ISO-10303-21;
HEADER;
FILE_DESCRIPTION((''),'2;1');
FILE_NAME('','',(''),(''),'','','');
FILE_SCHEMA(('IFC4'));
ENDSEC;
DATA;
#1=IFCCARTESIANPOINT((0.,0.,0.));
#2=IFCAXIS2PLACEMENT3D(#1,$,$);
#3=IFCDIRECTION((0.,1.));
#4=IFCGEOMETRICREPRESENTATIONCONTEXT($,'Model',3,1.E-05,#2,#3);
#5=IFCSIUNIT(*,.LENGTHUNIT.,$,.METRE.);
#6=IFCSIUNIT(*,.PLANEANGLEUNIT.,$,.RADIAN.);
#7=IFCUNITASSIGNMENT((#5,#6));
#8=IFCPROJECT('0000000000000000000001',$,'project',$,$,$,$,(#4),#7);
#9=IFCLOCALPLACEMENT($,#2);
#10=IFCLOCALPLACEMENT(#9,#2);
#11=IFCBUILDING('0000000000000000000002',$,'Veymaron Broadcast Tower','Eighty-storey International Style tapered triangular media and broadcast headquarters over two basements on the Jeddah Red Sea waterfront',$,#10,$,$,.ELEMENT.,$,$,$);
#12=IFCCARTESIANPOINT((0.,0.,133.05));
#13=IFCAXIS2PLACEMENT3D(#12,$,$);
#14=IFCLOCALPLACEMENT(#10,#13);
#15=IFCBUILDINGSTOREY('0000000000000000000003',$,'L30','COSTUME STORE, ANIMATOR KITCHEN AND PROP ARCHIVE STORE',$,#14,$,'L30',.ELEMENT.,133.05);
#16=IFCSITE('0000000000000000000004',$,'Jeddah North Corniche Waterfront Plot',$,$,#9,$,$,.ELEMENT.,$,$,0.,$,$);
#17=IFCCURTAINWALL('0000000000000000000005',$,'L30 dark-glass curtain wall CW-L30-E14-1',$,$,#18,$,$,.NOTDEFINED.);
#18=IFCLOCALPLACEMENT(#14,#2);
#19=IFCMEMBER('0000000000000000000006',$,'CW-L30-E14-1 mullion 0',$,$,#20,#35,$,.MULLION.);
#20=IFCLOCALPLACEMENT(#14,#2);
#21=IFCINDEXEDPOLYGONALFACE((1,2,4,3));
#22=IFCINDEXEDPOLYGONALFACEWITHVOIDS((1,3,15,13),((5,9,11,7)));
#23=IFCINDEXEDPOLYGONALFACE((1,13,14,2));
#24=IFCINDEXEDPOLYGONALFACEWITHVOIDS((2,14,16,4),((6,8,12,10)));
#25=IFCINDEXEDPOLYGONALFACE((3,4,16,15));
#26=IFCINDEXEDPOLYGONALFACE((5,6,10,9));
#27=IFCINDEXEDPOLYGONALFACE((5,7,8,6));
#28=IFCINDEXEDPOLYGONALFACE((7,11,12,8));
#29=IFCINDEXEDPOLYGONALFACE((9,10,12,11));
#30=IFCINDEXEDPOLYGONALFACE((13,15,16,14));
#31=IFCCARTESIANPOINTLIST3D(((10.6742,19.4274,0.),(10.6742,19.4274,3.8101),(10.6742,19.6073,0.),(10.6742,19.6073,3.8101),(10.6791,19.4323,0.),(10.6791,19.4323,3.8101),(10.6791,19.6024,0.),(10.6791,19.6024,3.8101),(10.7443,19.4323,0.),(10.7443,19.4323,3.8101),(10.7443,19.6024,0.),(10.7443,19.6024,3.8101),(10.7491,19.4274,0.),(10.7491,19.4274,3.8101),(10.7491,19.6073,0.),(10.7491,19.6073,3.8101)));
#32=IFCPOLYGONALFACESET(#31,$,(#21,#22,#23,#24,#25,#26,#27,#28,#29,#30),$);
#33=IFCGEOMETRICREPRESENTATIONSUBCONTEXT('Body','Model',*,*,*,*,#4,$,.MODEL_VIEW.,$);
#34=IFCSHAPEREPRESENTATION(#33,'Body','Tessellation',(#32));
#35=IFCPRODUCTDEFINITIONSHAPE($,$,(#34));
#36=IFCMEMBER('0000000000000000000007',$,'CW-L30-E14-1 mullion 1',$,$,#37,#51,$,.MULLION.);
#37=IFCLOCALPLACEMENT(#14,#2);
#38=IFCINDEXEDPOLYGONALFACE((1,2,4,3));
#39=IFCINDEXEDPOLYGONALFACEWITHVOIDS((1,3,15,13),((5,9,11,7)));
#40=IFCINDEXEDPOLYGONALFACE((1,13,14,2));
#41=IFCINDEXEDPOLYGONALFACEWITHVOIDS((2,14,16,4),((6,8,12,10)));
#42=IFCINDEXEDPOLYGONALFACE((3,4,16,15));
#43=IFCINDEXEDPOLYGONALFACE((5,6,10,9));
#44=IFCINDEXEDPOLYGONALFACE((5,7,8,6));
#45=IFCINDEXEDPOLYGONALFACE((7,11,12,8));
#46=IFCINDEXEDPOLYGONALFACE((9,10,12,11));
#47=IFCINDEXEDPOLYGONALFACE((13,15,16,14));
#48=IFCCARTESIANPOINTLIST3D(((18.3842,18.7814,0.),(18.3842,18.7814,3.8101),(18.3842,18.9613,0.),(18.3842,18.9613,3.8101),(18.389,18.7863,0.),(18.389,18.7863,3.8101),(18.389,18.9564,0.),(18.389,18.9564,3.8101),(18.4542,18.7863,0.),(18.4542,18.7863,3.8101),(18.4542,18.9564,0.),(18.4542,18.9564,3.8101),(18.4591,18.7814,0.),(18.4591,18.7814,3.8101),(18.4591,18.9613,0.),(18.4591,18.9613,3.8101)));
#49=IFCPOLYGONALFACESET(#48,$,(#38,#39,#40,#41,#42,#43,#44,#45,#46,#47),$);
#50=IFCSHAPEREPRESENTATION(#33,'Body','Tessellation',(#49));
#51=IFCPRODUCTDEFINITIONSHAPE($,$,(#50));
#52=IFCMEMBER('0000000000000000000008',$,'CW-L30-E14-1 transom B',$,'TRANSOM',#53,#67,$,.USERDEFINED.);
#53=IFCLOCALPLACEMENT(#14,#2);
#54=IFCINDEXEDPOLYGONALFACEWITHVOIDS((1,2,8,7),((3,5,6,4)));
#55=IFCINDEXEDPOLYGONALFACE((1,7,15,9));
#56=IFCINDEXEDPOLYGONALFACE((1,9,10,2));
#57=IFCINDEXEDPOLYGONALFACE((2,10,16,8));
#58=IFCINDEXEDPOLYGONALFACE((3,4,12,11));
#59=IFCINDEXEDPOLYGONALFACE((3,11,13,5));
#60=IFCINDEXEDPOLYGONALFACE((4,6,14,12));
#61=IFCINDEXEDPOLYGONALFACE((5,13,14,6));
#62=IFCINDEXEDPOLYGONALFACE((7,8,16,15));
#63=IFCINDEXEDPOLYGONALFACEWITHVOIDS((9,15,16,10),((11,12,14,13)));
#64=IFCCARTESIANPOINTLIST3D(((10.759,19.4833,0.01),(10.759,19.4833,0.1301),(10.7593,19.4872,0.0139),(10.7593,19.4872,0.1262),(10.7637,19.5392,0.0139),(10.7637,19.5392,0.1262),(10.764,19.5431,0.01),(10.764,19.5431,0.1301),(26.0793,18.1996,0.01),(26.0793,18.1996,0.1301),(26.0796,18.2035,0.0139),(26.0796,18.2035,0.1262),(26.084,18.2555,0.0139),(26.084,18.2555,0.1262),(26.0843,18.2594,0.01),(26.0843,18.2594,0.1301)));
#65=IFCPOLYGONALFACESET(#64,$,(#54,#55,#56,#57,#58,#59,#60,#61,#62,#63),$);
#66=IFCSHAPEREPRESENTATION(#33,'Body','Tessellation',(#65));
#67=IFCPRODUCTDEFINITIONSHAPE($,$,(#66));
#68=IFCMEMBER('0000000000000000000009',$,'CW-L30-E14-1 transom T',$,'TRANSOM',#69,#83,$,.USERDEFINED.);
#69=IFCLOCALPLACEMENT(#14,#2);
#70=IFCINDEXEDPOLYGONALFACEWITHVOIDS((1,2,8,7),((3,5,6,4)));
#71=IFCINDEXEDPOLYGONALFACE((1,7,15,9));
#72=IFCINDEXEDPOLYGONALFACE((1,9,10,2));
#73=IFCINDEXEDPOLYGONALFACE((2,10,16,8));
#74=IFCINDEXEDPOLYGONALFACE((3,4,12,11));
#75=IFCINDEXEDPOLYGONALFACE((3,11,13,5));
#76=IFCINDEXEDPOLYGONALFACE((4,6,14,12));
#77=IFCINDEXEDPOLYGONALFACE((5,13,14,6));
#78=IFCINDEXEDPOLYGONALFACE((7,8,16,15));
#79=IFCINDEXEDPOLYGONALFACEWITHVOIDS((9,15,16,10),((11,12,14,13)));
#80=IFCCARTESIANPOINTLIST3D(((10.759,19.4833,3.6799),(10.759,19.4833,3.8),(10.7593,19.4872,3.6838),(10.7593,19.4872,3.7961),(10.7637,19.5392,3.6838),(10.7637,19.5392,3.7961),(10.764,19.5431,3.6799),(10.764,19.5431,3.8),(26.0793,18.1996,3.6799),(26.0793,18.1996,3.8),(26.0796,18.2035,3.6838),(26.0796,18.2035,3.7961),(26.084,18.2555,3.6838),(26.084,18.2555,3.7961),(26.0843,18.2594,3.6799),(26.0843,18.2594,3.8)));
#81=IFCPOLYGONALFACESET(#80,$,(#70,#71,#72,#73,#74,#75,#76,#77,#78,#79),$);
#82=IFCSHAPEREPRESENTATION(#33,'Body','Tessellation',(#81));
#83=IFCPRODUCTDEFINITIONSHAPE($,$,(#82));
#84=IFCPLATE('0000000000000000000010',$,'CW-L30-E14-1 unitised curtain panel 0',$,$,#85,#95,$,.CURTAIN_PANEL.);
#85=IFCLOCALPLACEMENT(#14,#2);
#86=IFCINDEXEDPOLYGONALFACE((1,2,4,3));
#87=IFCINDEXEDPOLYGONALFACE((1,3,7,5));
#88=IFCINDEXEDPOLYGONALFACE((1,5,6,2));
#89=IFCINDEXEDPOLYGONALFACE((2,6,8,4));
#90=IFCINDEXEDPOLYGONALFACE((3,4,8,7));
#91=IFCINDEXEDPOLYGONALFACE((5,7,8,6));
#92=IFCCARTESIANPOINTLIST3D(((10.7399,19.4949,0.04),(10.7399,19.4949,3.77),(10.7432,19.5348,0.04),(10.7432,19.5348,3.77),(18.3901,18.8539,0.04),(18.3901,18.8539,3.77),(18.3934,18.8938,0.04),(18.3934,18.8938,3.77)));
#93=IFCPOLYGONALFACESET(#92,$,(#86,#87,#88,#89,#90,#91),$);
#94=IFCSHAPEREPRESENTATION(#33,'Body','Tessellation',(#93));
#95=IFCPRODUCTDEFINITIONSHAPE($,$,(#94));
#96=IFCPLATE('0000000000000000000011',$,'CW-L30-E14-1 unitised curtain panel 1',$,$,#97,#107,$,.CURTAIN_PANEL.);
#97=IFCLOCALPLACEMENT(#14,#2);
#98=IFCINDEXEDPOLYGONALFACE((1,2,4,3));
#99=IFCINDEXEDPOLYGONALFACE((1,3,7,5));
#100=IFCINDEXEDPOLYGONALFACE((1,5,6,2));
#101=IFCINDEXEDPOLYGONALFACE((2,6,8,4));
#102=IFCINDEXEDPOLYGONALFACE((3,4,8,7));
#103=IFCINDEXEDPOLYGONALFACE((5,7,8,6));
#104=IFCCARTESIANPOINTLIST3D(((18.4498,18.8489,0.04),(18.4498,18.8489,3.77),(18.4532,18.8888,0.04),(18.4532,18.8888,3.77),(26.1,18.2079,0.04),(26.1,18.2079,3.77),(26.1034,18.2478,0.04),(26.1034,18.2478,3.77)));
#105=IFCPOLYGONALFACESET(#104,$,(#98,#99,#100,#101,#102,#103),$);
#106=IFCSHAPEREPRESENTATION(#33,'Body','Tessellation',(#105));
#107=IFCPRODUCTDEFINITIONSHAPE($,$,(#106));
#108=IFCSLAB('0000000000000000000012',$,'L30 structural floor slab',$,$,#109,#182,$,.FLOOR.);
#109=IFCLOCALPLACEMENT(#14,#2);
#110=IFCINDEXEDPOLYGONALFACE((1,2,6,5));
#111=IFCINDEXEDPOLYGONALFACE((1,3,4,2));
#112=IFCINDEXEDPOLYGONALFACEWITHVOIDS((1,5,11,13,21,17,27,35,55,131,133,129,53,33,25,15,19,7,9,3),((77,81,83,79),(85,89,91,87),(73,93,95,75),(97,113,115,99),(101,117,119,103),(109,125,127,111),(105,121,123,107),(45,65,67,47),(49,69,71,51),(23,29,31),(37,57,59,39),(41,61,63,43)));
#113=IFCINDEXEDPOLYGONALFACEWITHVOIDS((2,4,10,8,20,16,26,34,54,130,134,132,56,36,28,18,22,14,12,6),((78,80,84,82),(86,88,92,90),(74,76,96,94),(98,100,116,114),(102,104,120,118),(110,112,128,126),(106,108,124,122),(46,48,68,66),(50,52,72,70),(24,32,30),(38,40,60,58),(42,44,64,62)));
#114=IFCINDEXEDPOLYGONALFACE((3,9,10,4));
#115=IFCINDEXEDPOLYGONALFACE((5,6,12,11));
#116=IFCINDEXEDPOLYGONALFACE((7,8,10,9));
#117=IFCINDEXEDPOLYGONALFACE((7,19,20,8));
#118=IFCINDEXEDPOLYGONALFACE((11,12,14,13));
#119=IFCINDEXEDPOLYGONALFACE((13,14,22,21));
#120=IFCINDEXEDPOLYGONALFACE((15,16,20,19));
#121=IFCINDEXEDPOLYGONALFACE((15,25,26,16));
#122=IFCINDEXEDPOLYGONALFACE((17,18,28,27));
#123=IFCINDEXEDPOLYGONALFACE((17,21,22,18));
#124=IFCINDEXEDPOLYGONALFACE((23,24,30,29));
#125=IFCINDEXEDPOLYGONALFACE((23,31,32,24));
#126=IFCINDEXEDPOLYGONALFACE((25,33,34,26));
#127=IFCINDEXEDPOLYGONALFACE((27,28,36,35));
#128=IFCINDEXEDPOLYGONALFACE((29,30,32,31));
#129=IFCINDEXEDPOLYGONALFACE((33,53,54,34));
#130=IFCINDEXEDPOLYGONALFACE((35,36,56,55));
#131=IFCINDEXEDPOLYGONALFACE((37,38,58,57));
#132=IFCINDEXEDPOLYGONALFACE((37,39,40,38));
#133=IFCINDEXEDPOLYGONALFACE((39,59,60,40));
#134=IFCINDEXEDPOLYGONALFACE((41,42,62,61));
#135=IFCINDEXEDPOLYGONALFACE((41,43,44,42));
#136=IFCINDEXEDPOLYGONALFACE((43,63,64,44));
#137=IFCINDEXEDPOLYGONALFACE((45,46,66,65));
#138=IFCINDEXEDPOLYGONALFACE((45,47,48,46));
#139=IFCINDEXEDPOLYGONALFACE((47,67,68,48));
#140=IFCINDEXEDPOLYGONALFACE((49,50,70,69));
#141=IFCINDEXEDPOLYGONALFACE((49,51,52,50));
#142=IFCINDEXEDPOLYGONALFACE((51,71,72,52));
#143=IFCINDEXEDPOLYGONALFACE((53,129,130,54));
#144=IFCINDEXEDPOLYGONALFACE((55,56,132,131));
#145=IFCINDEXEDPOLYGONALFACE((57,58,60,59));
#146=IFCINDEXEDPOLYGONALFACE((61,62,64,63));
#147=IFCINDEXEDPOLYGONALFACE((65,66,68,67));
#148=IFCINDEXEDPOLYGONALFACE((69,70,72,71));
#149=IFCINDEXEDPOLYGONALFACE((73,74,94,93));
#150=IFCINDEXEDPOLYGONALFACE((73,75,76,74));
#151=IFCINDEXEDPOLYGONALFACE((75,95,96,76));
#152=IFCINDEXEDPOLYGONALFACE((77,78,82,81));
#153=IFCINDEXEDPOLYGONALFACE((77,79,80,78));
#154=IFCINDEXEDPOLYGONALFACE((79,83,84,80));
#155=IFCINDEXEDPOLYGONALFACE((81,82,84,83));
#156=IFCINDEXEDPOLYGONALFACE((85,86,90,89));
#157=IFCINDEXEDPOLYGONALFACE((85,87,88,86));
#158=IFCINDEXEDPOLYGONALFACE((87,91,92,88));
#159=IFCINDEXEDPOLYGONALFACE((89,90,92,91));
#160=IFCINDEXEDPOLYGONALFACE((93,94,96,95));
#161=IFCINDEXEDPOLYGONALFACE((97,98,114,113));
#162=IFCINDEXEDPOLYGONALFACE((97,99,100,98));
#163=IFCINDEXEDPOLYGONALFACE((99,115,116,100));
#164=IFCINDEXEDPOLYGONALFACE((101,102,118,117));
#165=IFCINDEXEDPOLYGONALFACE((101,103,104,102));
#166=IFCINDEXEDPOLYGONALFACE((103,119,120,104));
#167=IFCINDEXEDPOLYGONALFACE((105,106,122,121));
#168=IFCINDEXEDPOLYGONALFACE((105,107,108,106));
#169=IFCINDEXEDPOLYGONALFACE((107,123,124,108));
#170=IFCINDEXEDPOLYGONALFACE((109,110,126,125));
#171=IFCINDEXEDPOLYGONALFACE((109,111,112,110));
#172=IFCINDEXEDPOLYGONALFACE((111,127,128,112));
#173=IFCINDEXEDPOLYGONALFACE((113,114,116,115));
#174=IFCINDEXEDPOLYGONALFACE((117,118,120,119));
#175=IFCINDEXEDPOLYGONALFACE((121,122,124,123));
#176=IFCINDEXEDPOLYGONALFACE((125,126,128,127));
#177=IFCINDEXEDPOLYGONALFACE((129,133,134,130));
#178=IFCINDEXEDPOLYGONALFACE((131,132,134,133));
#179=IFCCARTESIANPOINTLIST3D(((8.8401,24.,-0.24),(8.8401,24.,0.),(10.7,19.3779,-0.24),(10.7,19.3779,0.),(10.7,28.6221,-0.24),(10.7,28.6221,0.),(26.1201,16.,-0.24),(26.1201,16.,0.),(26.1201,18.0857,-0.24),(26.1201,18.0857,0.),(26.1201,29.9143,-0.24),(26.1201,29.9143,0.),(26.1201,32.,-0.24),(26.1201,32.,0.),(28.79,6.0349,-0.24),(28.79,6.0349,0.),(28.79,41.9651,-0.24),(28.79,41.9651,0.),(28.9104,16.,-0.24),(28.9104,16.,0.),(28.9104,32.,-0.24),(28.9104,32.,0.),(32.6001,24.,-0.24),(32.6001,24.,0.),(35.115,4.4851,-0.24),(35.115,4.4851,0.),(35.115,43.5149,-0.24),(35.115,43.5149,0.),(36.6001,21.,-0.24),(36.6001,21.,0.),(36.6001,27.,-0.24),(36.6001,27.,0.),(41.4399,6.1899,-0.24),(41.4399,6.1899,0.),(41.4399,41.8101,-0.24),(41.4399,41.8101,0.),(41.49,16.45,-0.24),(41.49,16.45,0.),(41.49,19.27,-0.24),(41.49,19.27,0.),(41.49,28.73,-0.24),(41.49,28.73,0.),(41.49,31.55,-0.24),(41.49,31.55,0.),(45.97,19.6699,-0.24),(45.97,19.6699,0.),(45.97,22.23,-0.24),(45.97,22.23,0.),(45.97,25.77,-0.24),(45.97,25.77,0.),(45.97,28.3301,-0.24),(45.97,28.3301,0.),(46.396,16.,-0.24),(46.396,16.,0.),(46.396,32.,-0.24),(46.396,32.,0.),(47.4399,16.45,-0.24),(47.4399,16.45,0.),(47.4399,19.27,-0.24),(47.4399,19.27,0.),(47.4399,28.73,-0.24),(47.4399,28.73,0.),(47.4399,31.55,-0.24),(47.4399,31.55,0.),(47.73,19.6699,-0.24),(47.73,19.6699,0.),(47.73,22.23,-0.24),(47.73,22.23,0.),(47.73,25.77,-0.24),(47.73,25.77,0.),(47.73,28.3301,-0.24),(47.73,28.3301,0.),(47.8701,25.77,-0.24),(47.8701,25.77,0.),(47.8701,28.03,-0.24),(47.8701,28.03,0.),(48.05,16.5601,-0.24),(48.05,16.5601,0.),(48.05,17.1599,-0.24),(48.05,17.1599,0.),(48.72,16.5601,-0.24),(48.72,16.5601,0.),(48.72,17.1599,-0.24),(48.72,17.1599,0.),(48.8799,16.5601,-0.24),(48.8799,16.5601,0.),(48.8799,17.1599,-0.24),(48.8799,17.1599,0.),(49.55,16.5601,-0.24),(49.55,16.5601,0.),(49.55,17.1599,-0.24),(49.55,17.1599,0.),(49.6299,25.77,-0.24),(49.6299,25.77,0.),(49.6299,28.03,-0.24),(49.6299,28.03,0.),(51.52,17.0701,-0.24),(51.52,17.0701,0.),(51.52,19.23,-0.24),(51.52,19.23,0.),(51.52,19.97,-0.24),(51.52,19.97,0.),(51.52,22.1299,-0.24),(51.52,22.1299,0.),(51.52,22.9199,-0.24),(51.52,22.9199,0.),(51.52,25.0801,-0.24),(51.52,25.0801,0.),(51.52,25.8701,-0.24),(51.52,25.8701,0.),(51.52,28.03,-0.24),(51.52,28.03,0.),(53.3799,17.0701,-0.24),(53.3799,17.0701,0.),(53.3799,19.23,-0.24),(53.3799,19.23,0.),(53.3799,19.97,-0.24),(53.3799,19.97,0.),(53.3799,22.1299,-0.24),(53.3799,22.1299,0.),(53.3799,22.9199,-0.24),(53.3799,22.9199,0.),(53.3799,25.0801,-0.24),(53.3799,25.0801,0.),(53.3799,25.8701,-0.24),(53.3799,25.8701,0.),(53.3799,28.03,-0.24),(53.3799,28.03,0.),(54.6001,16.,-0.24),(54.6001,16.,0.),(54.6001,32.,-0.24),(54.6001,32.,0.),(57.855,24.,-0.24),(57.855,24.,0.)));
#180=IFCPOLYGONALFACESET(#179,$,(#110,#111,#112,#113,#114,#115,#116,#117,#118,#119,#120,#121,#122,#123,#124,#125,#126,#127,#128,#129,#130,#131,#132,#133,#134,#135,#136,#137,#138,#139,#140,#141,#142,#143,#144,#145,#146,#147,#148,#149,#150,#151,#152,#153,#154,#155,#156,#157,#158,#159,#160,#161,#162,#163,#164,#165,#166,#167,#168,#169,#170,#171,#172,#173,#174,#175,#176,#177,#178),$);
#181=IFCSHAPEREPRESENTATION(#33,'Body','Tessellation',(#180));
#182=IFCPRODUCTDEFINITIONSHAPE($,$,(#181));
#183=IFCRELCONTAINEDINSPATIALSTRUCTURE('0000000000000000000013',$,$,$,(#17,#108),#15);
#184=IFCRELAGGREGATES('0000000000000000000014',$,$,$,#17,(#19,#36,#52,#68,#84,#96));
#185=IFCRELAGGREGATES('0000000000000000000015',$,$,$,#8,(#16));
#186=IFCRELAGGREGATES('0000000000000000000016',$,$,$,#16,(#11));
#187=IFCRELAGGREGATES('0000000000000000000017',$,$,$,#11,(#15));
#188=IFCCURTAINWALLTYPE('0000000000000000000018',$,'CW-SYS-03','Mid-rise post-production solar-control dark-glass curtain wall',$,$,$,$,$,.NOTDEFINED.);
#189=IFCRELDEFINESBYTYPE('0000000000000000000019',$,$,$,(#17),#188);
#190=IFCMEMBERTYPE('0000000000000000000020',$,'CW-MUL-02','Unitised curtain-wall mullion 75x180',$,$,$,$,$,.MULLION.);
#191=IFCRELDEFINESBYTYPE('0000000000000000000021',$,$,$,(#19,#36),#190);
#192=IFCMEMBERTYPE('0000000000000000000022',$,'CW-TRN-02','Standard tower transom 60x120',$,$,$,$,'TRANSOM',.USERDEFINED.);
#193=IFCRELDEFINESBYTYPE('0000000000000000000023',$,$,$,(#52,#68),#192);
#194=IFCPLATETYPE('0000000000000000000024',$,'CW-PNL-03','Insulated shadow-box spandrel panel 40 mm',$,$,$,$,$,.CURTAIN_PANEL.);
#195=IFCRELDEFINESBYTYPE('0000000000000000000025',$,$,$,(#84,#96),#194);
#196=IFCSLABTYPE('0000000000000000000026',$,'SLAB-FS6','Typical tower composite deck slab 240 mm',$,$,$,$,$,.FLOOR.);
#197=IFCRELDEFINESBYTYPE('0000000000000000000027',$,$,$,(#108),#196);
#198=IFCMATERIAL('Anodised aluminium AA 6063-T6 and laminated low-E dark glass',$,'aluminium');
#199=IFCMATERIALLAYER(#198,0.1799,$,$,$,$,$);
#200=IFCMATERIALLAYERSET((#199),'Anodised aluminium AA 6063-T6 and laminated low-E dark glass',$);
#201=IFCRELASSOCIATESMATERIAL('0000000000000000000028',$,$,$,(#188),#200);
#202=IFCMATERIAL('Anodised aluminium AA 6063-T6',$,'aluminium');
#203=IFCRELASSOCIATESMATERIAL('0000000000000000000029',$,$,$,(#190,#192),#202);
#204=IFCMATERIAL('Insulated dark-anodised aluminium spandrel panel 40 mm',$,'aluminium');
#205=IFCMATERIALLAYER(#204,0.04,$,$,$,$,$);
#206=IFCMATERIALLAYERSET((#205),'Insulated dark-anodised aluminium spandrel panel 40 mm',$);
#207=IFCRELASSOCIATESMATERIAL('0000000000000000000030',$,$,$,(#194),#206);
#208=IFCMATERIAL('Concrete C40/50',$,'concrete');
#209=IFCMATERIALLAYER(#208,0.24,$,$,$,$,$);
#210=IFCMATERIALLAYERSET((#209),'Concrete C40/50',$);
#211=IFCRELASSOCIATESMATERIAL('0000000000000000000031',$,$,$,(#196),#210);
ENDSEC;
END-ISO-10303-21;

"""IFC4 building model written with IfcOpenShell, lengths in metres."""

from ifc_helpers import new_model, si_unit, direction, frame, origin, origin_2d, place, context, subcontext, project, spatial, polyline, rectangle, hollow_rectangle, outline, extrude, material, layer, layer_set, material_profile, profile_set, type_object, element, aggregate, save


model = new_model("IFC4")

# Units and contexts
model_context = context("Model", 3, precision=1e-05, world=origin(), true_north=direction((0.0, 1.0)))
body_context = subcontext(model_context, "Body", "Model", "MODEL_VIEW")
ifc_project = project(units=[si_unit("LENGTHUNIT", "METRE"), si_unit("PLANEANGLEUNIT", "RADIAN")], contexts=[model_context])

# Site, building, storey
site_placement = place(None, origin())
site = spatial("IfcSite", under=ifc_project, at=site_placement, Name="Jeddah North Corniche Waterfront Plot", CompositionType="ELEMENT", RefElevation=0.0)
building_placement = place(site_placement, origin())
building = spatial("IfcBuilding", under=site, at=building_placement, Name="Veymaron Broadcast Tower", Description="Eighty-storey International Style tapered triangular media and broadcast headquarters over two basements on the Jeddah Red Sea waterfront", CompositionType="ELEMENT")
storey_placement = place(building_placement, frame((0.0, 0.0, 133.05)))
storey = spatial("IfcBuildingStorey", under=building, at=storey_placement, Name="L30", Description="COSTUME STORE, ANIMATOR KITCHEN AND PROP ARCHIVE STORE", LongName="L30", CompositionType="ELEMENT", Elevation=133.05)

# Curtain wall, members, plates
ifc_material_1 = material(Name="Anodised aluminium AA 6063-T6 and laminated low-E dark glass", Category="aluminium")
ifc_layer_1 = layer(ifc_material_1, 0.1799)
ifc_layer_set_1 = layer_set([ifc_layer_1], Name="Anodised aluminium AA 6063-T6 and laminated low-E dark glass")
curtain_wall_type = type_object("IfcCurtainWallType", Name="CW-SYS-03", Description="Mid-rise post-production solar-control dark-glass curtain wall", PredefinedType="NOTDEFINED", material=ifc_layer_set_1)
curtain_wall_placement = place(storey_placement, origin())
curtain_wall = element("IfcCurtainWall", 1, at=curtain_wall_placement, inside=storey, type_object=curtain_wall_type, Name="L30 dark-glass curtain wall CW-L30-E14-1", PredefinedType="NOTDEFINED")
ifc_material_2 = material(Name="Anodised aluminium AA 6063-T6", Category="aluminium")
ifc_material_profile_1 = material_profile(ifc_material_2, hollow_rectangle(XDim=0.075, YDim=0.1799, WallThickness=0.0049, at=origin_2d()), Name="AL180X75X5")
ifc_profile_set_1 = profile_set([ifc_material_profile_1], Name="Anodised aluminium AA 6063-T6")
member_type_1 = type_object("IfcMemberType", Name="CW-MUL-02", Description="Unitised curtain-wall mullion 75x180", PredefinedType="MULLION", material=ifc_profile_set_1)
member_1_placement = place(storey_placement, frame((10.7117, 19.5173, 0.0), z_axis=(0.0, 0.0, 1.0), x_axis=(1.0, 0.0, 0.0)))
member_1 = element("IfcMember", 2, at=member_1_placement, type_object=member_type_1, Name="CW-L30-E14-1 mullion 0", PredefinedType="MULLION", context=body_context, shape_type="SweptSolid", body=[
    extrude(hollow_rectangle(XDim=0.075, YDim=0.1799, WallThickness=0.0049, at=origin_2d()), origin(), (0.0, 0.0, 1.0), 3.8101),
])
member_2_placement = place(storey_placement, frame((18.4216, 18.8713, 0.0), z_axis=(0.0, 0.0, 1.0), x_axis=(1.0, 0.0, 0.0)))
member_2 = element("IfcMember", 3, at=member_2_placement, type_object=member_type_1, Name="CW-L30-E14-1 mullion 1", PredefinedType="MULLION", context=body_context, shape_type="SweptSolid", body=[
    extrude(hollow_rectangle(XDim=0.075, YDim=0.1799, WallThickness=0.0049, at=origin_2d()), origin(), (0.0, 0.0, 1.0), 3.8101),
])
ifc_material_profile_2 = material_profile(ifc_material_2, hollow_rectangle(XDim=0.0601, YDim=0.1201, WallThickness=0.0039, at=origin_2d()), Name="AL120X60X4")
ifc_profile_set_2 = profile_set([ifc_material_profile_2], Name="Anodised aluminium AA 6063-T6")
member_type_2 = type_object("IfcMemberType", Name="CW-TRN-02", Description="Standard tower transom 60x120", ElementType="TRANSOM", PredefinedType="USERDEFINED", material=ifc_profile_set_2)
member_3_placement = place(storey_placement, frame((10.7615, 19.5132, 0.0701), z_axis=(0.996508, -0.083498, 0.0), x_axis=(0.083498, 0.996508, 0.0)))
member_3 = element("IfcMember", 4, at=member_3_placement, type_object=member_type_2, Name="CW-L30-E14-1 transom B", ObjectType="TRANSOM", PredefinedType="USERDEFINED", context=body_context, shape_type="SweptSolid", body=[
    extrude(hollow_rectangle(XDim=0.0601, YDim=0.1201, WallThickness=0.0039, at=origin_2d()), origin(), (0.0, 0.0, 1.0), 15.374),
])
member_4_placement = place(storey_placement, frame((10.7615, 19.5132, 3.74), z_axis=(0.996508, -0.083498, 0.0), x_axis=(0.083498, 0.996508, 0.0)))
member_4 = element("IfcMember", 5, at=member_4_placement, type_object=member_type_2, Name="CW-L30-E14-1 transom T", ObjectType="TRANSOM", PredefinedType="USERDEFINED", context=body_context, shape_type="SweptSolid", body=[
    extrude(hollow_rectangle(XDim=0.0601, YDim=0.1201, WallThickness=0.0039, at=origin_2d()), origin(), (0.0, 0.0, 1.0), 15.374),
])
ifc_material_3 = material(Name="Insulated dark-anodised aluminium spandrel panel 40 mm", Category="aluminium")
ifc_layer_2 = layer(ifc_material_3, 0.04)
ifc_layer_set_2 = layer_set([ifc_layer_2], Name="Insulated dark-anodised aluminium spandrel panel 40 mm")
plate_type = type_object("IfcPlateType", Name="CW-PNL-03", Description="Insulated shadow-box spandrel panel 40 mm", PredefinedType="CURTAIN_PANEL", material=ifc_layer_set_2)
plate_1_placement = place(storey_placement, frame((14.5667, 19.1943, 0.04), z_axis=(0.0, 0.0, 1.0), x_axis=(0.996507, -0.083504, 0.0)))
plate_1 = element("IfcPlate", 6, at=plate_1_placement, type_object=plate_type, Name="CW-L30-E14-1 unitised curtain panel 0", PredefinedType="CURTAIN_PANEL", context=body_context, shape_type="SweptSolid", body=[
    extrude(rectangle(XDim=7.677, YDim=0.04, at=origin_2d()), origin(), (0.0, 0.0, 1.0), 3.73),
])
plate_2_placement = place(storey_placement, frame((22.2766, 18.5483, 0.04), z_axis=(0.0, 0.0, 1.0), x_axis=(0.996507, -0.083504, 0.0)))
plate_2 = element("IfcPlate", 7, at=plate_2_placement, type_object=plate_type, Name="CW-L30-E14-1 unitised curtain panel 1", PredefinedType="CURTAIN_PANEL", context=body_context, shape_type="SweptSolid", body=[
    extrude(rectangle(XDim=7.677, YDim=0.04, at=origin_2d()), origin(), (0.0, 0.0, 1.0), 3.73),
])
aggregate(curtain_wall, [member_1, member_2, member_3, member_4, plate_1, plate_2])

# Slab
ifc_material_4 = material(Name="Concrete C40/50", Category="concrete")
ifc_layer_3 = layer(ifc_material_4, 0.24)
ifc_layer_set_3 = layer_set([ifc_layer_3], Name="Concrete C40/50")
slab_type_1 = type_object("IfcSlabType", Name="SLAB-FS6", Description="Typical tower composite deck slab 240 mm", PredefinedType="FLOOR", material=ifc_layer_set_3)
slab_1_placement = place(storey_placement, frame((0.0, 0.0, -0.24)))
element("IfcSlab", 8, at=slab_1_placement, inside=storey, type_object=slab_type_1, Name="L30 structural floor slab", PredefinedType="FLOOR", context=body_context, shape_type="SweptSolid", body=[
    extrude(outline(polyline([(46.396, 16.0), (54.6001, 16.0), (57.855, 24.0), (54.6001, 32.0), (46.396, 32.0), (41.4399, 41.8101), (35.115, 43.5149), (28.79, 41.9651), (28.9104, 32.0), (26.1201, 32.0), (26.1201, 29.9143), (10.7, 28.6221), (8.8401, 24.0), (10.7, 19.3779), (26.1201, 18.0857), (26.1201, 16.0), (28.9104, 16.0), (28.79, 6.0349), (35.115, 4.4851), (41.4399, 6.1899), (46.396, 16.0)]), holes=[polyline([(45.97, 28.3301), (47.73, 28.3301), (47.73, 25.77), (45.97, 25.77), (45.97, 28.3301)]), polyline([(45.97, 22.23), (47.73, 22.23), (47.73, 19.6699), (45.97, 19.6699), (45.97, 22.23)]), polyline([(47.8701, 28.03), (49.6299, 28.03), (49.6299, 25.77), (47.8701, 25.77), (47.8701, 28.03)]), polyline([(51.52, 28.03), (53.3799, 28.03), (53.3799, 25.8701), (51.52, 25.8701), (51.52, 28.03)]), polyline([(51.52, 22.1299), (53.3799, 22.1299), (53.3799, 19.97), (51.52, 19.97), (51.52, 22.1299)]), polyline([(51.52, 25.0801), (53.3799, 25.0801), (53.3799, 22.9199), (51.52, 22.9199), (51.52, 25.0801)]), polyline([(51.52, 19.23), (53.3799, 19.23), (53.3799, 17.0701), (51.52, 17.0701), (51.52, 19.23)]), polyline([(48.05, 17.1599), (48.72, 17.1599), (48.72, 16.5601), (48.05, 16.5601), (48.05, 17.1599)]), polyline([(48.8799, 17.1599), (49.55, 17.1599), (49.55, 16.5601), (48.8799, 16.5601), (48.8799, 17.1599)]), polyline([(36.6001, 27.0), (36.6001, 21.0), (32.6001, 24.0), (36.6001, 27.0)]), polyline([(41.49, 31.55), (47.4399, 31.55), (47.4399, 28.73), (41.49, 28.73), (41.49, 31.55)]), polyline([(41.49, 19.27), (47.4399, 19.27), (47.4399, 16.45), (41.49, 16.45), (41.49, 19.27)])]), origin(), (0.0, 0.0, 1.0), 0.24),
])

save(model, "model.ifc")
